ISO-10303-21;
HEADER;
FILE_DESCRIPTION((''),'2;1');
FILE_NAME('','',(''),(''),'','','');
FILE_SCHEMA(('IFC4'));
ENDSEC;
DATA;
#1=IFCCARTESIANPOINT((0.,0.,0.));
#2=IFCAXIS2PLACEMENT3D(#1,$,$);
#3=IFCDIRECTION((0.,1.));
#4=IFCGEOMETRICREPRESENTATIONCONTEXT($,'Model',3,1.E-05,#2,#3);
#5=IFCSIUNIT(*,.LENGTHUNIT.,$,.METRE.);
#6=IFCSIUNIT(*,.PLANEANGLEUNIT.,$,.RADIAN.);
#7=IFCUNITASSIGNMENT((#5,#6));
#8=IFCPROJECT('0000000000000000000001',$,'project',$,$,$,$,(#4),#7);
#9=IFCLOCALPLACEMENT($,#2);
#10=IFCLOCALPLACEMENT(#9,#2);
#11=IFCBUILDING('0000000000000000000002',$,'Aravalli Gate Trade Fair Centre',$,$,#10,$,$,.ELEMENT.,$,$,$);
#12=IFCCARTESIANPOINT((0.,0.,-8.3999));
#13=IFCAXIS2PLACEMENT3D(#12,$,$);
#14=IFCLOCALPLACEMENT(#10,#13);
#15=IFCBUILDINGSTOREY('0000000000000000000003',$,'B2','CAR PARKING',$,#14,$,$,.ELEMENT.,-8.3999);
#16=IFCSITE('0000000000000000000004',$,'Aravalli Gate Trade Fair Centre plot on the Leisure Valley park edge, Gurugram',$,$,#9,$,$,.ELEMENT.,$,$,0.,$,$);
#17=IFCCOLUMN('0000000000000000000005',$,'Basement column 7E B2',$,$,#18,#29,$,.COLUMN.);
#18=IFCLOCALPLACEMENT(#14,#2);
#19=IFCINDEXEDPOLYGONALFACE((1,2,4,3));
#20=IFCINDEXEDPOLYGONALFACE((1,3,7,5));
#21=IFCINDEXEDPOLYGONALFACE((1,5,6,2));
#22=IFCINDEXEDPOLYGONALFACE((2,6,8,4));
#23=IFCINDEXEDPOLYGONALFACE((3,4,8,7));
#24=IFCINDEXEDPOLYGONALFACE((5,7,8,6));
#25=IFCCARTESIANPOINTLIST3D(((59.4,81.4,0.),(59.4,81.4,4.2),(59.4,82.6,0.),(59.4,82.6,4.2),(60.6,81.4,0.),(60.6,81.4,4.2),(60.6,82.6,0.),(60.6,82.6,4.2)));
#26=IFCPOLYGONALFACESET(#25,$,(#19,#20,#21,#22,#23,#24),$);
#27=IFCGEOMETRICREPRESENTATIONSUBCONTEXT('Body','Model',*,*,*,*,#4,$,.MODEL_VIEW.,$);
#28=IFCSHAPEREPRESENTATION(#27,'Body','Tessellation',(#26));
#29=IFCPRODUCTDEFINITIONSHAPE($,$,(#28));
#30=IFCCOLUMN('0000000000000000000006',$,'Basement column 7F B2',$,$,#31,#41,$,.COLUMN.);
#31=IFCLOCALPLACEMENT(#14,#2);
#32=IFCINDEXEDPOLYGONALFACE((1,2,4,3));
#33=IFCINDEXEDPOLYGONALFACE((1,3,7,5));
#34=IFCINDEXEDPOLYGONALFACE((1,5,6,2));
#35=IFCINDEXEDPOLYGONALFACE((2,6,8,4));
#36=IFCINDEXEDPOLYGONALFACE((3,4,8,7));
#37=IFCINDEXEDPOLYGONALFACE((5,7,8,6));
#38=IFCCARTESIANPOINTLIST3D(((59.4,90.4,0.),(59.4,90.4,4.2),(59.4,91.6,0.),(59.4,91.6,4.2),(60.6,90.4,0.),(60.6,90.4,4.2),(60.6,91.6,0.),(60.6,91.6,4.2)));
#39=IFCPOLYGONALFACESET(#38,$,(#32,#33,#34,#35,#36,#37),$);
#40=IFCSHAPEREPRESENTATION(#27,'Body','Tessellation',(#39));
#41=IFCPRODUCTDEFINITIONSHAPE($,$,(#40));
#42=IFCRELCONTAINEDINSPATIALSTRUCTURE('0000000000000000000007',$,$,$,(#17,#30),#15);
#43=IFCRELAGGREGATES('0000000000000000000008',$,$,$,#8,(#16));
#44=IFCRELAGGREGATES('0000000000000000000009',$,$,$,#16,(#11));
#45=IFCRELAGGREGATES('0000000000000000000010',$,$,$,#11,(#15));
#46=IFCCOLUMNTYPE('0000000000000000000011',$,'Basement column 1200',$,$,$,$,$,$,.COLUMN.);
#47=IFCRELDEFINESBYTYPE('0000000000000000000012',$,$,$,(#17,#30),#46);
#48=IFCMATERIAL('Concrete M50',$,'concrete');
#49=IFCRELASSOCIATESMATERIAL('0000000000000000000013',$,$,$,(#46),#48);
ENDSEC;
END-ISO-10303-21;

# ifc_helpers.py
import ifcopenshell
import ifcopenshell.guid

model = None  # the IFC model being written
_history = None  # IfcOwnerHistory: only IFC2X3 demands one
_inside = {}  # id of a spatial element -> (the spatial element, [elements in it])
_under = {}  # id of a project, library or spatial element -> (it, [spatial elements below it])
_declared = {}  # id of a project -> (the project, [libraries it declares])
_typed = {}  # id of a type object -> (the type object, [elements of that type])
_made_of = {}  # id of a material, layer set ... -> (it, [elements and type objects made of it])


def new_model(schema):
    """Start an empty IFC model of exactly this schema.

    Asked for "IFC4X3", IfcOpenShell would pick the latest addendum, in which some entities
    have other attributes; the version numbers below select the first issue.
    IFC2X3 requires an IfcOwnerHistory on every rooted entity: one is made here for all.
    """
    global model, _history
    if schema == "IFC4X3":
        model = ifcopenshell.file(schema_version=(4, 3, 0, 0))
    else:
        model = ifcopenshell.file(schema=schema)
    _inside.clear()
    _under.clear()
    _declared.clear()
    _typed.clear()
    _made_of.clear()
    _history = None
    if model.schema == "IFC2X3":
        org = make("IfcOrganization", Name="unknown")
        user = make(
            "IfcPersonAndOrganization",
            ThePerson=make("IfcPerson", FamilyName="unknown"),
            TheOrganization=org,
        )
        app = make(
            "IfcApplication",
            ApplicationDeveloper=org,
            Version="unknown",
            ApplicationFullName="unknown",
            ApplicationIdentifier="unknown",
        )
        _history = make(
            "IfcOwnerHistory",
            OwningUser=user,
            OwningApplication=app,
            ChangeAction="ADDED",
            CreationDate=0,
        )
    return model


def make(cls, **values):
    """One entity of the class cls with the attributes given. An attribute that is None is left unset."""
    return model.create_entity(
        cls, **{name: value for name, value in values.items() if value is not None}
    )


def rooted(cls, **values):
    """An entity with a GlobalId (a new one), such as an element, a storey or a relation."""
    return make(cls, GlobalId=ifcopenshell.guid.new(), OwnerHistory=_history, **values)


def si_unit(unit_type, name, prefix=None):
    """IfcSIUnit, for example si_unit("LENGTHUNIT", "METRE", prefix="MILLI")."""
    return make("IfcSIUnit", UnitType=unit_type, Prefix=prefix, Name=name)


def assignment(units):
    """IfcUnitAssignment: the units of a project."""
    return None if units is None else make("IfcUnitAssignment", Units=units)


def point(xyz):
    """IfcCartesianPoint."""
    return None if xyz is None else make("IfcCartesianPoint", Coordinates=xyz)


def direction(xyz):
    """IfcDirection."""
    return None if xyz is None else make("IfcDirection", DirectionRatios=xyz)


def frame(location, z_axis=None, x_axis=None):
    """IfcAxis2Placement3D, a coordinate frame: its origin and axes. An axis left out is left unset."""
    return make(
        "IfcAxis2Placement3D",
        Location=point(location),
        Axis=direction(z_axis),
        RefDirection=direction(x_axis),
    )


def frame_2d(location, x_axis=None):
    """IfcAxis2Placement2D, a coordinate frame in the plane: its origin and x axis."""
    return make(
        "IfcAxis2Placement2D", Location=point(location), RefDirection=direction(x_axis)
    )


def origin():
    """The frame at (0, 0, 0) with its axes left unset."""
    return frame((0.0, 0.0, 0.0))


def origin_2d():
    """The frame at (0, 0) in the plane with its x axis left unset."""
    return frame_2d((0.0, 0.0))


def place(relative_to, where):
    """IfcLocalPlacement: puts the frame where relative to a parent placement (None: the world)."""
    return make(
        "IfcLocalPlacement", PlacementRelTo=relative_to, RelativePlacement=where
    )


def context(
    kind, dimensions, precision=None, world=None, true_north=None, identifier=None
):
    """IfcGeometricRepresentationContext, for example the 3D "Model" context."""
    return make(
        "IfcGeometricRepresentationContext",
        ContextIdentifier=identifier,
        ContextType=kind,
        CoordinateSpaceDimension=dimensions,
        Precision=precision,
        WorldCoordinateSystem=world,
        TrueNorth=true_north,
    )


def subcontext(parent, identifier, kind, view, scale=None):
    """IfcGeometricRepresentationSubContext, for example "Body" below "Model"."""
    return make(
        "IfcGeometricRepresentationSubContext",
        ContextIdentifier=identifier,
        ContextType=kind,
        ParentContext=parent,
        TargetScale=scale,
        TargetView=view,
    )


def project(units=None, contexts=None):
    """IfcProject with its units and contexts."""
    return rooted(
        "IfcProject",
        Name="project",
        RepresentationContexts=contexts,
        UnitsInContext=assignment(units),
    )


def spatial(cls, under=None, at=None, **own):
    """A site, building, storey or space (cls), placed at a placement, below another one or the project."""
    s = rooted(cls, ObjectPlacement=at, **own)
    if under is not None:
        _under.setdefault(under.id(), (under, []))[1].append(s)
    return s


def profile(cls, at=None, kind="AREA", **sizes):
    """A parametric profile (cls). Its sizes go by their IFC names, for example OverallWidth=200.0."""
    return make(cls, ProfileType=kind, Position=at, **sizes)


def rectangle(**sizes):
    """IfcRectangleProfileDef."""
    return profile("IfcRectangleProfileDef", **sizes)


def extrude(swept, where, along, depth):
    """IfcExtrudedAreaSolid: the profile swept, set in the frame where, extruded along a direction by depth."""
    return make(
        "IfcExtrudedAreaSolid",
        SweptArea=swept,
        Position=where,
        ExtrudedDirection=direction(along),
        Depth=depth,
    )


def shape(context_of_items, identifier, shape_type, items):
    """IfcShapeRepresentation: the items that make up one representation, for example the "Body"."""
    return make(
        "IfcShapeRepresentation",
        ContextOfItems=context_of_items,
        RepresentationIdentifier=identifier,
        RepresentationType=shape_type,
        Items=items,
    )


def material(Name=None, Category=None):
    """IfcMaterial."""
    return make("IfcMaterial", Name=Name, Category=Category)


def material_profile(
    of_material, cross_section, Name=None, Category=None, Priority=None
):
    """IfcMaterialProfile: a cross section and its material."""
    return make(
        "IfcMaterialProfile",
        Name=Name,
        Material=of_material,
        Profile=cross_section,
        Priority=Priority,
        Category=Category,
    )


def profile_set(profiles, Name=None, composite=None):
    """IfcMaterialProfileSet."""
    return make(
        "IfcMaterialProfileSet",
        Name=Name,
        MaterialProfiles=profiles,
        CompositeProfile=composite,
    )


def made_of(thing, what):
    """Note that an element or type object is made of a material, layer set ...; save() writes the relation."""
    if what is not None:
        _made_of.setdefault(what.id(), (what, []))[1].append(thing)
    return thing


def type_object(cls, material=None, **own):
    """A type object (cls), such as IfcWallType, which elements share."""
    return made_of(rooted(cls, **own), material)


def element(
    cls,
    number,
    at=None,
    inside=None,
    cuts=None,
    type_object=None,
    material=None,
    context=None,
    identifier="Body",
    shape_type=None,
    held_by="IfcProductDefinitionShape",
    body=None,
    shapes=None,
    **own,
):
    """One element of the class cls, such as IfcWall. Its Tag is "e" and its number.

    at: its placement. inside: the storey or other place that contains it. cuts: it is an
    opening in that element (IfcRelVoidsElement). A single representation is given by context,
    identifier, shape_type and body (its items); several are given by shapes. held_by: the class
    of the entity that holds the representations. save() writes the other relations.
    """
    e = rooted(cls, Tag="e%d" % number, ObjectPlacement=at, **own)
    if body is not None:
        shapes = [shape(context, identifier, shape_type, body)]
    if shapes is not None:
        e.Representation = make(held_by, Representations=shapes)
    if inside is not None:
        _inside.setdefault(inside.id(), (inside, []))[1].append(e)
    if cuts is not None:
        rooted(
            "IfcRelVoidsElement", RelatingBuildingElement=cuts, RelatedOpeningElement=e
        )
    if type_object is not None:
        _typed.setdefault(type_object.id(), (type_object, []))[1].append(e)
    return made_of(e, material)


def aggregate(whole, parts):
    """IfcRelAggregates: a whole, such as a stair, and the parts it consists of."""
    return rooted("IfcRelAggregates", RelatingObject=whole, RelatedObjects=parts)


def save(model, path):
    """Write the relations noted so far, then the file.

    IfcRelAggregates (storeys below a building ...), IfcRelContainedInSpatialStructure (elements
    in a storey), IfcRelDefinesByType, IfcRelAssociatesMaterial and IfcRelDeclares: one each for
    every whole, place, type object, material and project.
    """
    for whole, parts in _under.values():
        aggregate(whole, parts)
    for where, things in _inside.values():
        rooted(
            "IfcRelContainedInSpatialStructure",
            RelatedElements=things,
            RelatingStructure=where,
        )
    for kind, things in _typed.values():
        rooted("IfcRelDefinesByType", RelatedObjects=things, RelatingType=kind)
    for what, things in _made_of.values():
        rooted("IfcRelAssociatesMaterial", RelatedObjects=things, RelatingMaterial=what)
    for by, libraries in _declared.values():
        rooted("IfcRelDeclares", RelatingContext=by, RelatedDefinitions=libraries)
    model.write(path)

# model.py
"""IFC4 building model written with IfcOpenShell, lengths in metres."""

from ifc_helpers import new_model, si_unit, direction, frame, origin, origin_2d, place, context, subcontext, project, spatial, rectangle, extrude, material, material_profile, profile_set, type_object, element, save


model = new_model("IFC4")

# Units and contexts
model_context = context("Model", 3, precision=1e-05, world=origin(), true_north=direction((0.0, 1.0)))
body_context = subcontext(model_context, "Body", "Model", "MODEL_VIEW")
ifc_project = project(units=[si_unit("LENGTHUNIT", "METRE"), si_unit("PLANEANGLEUNIT", "RADIAN")], contexts=[model_context])

# Site, building, storey
site_placement = place(None, origin())
site = spatial("IfcSite", under=ifc_project, at=site_placement, Name="Aravalli Gate Trade Fair Centre plot on the Leisure Valley park edge, Gurugram", CompositionType="ELEMENT", RefElevation=0.0)
building_placement = place(site_placement, origin())
building = spatial("IfcBuilding", under=site, at=building_placement, Name="Aravalli Gate Trade Fair Centre", CompositionType="ELEMENT")
storey_placement = place(building_placement, frame((0.0, 0.0, -8.3999)))
storey = spatial("IfcBuildingStorey", under=building, at=storey_placement, Name="B2", Description="CAR PARKING", CompositionType="ELEMENT", Elevation=-8.3999)

# Columns
ifc_material_1 = material(Name="Concrete M50", Category="concrete")
ifc_material_profile_1 = material_profile(ifc_material_1, rectangle(XDim=1.2, YDim=1.2, at=origin_2d()), Name="RC 1200 x 1200")
ifc_profile_set_1 = profile_set([ifc_material_profile_1], Name="Concrete M50")
column_type = type_object("IfcColumnType", Name="Basement column 1200", PredefinedType="COLUMN", material=ifc_profile_set_1)
for number, where, z_axis, x_axis, name in (
    (1, (60.0, 82.0, 0.0), (0.0, 0.0, 1.0), (1.0, 0.0, 0.0), "Basement column 7E B2"),
    (2, (60.0, 91.0, 0.0), (0.0, 0.0, 1.0), (1.0, 0.0, 0.0), "Basement column 7F B2"),
):
    element("IfcColumn", number, at=place(storey_placement, frame(where, z_axis=z_axis, x_axis=x_axis)), inside=storey, type_object=column_type, Name=name, PredefinedType="COLUMN", context=body_context, shape_type="SweptSolid", body=[
        extrude(rectangle(XDim=1.2, YDim=1.2, at=origin_2d()), origin(), (0.0, 0.0, 1.0), 4.2),
    ])

save(model, "model.ifc")
